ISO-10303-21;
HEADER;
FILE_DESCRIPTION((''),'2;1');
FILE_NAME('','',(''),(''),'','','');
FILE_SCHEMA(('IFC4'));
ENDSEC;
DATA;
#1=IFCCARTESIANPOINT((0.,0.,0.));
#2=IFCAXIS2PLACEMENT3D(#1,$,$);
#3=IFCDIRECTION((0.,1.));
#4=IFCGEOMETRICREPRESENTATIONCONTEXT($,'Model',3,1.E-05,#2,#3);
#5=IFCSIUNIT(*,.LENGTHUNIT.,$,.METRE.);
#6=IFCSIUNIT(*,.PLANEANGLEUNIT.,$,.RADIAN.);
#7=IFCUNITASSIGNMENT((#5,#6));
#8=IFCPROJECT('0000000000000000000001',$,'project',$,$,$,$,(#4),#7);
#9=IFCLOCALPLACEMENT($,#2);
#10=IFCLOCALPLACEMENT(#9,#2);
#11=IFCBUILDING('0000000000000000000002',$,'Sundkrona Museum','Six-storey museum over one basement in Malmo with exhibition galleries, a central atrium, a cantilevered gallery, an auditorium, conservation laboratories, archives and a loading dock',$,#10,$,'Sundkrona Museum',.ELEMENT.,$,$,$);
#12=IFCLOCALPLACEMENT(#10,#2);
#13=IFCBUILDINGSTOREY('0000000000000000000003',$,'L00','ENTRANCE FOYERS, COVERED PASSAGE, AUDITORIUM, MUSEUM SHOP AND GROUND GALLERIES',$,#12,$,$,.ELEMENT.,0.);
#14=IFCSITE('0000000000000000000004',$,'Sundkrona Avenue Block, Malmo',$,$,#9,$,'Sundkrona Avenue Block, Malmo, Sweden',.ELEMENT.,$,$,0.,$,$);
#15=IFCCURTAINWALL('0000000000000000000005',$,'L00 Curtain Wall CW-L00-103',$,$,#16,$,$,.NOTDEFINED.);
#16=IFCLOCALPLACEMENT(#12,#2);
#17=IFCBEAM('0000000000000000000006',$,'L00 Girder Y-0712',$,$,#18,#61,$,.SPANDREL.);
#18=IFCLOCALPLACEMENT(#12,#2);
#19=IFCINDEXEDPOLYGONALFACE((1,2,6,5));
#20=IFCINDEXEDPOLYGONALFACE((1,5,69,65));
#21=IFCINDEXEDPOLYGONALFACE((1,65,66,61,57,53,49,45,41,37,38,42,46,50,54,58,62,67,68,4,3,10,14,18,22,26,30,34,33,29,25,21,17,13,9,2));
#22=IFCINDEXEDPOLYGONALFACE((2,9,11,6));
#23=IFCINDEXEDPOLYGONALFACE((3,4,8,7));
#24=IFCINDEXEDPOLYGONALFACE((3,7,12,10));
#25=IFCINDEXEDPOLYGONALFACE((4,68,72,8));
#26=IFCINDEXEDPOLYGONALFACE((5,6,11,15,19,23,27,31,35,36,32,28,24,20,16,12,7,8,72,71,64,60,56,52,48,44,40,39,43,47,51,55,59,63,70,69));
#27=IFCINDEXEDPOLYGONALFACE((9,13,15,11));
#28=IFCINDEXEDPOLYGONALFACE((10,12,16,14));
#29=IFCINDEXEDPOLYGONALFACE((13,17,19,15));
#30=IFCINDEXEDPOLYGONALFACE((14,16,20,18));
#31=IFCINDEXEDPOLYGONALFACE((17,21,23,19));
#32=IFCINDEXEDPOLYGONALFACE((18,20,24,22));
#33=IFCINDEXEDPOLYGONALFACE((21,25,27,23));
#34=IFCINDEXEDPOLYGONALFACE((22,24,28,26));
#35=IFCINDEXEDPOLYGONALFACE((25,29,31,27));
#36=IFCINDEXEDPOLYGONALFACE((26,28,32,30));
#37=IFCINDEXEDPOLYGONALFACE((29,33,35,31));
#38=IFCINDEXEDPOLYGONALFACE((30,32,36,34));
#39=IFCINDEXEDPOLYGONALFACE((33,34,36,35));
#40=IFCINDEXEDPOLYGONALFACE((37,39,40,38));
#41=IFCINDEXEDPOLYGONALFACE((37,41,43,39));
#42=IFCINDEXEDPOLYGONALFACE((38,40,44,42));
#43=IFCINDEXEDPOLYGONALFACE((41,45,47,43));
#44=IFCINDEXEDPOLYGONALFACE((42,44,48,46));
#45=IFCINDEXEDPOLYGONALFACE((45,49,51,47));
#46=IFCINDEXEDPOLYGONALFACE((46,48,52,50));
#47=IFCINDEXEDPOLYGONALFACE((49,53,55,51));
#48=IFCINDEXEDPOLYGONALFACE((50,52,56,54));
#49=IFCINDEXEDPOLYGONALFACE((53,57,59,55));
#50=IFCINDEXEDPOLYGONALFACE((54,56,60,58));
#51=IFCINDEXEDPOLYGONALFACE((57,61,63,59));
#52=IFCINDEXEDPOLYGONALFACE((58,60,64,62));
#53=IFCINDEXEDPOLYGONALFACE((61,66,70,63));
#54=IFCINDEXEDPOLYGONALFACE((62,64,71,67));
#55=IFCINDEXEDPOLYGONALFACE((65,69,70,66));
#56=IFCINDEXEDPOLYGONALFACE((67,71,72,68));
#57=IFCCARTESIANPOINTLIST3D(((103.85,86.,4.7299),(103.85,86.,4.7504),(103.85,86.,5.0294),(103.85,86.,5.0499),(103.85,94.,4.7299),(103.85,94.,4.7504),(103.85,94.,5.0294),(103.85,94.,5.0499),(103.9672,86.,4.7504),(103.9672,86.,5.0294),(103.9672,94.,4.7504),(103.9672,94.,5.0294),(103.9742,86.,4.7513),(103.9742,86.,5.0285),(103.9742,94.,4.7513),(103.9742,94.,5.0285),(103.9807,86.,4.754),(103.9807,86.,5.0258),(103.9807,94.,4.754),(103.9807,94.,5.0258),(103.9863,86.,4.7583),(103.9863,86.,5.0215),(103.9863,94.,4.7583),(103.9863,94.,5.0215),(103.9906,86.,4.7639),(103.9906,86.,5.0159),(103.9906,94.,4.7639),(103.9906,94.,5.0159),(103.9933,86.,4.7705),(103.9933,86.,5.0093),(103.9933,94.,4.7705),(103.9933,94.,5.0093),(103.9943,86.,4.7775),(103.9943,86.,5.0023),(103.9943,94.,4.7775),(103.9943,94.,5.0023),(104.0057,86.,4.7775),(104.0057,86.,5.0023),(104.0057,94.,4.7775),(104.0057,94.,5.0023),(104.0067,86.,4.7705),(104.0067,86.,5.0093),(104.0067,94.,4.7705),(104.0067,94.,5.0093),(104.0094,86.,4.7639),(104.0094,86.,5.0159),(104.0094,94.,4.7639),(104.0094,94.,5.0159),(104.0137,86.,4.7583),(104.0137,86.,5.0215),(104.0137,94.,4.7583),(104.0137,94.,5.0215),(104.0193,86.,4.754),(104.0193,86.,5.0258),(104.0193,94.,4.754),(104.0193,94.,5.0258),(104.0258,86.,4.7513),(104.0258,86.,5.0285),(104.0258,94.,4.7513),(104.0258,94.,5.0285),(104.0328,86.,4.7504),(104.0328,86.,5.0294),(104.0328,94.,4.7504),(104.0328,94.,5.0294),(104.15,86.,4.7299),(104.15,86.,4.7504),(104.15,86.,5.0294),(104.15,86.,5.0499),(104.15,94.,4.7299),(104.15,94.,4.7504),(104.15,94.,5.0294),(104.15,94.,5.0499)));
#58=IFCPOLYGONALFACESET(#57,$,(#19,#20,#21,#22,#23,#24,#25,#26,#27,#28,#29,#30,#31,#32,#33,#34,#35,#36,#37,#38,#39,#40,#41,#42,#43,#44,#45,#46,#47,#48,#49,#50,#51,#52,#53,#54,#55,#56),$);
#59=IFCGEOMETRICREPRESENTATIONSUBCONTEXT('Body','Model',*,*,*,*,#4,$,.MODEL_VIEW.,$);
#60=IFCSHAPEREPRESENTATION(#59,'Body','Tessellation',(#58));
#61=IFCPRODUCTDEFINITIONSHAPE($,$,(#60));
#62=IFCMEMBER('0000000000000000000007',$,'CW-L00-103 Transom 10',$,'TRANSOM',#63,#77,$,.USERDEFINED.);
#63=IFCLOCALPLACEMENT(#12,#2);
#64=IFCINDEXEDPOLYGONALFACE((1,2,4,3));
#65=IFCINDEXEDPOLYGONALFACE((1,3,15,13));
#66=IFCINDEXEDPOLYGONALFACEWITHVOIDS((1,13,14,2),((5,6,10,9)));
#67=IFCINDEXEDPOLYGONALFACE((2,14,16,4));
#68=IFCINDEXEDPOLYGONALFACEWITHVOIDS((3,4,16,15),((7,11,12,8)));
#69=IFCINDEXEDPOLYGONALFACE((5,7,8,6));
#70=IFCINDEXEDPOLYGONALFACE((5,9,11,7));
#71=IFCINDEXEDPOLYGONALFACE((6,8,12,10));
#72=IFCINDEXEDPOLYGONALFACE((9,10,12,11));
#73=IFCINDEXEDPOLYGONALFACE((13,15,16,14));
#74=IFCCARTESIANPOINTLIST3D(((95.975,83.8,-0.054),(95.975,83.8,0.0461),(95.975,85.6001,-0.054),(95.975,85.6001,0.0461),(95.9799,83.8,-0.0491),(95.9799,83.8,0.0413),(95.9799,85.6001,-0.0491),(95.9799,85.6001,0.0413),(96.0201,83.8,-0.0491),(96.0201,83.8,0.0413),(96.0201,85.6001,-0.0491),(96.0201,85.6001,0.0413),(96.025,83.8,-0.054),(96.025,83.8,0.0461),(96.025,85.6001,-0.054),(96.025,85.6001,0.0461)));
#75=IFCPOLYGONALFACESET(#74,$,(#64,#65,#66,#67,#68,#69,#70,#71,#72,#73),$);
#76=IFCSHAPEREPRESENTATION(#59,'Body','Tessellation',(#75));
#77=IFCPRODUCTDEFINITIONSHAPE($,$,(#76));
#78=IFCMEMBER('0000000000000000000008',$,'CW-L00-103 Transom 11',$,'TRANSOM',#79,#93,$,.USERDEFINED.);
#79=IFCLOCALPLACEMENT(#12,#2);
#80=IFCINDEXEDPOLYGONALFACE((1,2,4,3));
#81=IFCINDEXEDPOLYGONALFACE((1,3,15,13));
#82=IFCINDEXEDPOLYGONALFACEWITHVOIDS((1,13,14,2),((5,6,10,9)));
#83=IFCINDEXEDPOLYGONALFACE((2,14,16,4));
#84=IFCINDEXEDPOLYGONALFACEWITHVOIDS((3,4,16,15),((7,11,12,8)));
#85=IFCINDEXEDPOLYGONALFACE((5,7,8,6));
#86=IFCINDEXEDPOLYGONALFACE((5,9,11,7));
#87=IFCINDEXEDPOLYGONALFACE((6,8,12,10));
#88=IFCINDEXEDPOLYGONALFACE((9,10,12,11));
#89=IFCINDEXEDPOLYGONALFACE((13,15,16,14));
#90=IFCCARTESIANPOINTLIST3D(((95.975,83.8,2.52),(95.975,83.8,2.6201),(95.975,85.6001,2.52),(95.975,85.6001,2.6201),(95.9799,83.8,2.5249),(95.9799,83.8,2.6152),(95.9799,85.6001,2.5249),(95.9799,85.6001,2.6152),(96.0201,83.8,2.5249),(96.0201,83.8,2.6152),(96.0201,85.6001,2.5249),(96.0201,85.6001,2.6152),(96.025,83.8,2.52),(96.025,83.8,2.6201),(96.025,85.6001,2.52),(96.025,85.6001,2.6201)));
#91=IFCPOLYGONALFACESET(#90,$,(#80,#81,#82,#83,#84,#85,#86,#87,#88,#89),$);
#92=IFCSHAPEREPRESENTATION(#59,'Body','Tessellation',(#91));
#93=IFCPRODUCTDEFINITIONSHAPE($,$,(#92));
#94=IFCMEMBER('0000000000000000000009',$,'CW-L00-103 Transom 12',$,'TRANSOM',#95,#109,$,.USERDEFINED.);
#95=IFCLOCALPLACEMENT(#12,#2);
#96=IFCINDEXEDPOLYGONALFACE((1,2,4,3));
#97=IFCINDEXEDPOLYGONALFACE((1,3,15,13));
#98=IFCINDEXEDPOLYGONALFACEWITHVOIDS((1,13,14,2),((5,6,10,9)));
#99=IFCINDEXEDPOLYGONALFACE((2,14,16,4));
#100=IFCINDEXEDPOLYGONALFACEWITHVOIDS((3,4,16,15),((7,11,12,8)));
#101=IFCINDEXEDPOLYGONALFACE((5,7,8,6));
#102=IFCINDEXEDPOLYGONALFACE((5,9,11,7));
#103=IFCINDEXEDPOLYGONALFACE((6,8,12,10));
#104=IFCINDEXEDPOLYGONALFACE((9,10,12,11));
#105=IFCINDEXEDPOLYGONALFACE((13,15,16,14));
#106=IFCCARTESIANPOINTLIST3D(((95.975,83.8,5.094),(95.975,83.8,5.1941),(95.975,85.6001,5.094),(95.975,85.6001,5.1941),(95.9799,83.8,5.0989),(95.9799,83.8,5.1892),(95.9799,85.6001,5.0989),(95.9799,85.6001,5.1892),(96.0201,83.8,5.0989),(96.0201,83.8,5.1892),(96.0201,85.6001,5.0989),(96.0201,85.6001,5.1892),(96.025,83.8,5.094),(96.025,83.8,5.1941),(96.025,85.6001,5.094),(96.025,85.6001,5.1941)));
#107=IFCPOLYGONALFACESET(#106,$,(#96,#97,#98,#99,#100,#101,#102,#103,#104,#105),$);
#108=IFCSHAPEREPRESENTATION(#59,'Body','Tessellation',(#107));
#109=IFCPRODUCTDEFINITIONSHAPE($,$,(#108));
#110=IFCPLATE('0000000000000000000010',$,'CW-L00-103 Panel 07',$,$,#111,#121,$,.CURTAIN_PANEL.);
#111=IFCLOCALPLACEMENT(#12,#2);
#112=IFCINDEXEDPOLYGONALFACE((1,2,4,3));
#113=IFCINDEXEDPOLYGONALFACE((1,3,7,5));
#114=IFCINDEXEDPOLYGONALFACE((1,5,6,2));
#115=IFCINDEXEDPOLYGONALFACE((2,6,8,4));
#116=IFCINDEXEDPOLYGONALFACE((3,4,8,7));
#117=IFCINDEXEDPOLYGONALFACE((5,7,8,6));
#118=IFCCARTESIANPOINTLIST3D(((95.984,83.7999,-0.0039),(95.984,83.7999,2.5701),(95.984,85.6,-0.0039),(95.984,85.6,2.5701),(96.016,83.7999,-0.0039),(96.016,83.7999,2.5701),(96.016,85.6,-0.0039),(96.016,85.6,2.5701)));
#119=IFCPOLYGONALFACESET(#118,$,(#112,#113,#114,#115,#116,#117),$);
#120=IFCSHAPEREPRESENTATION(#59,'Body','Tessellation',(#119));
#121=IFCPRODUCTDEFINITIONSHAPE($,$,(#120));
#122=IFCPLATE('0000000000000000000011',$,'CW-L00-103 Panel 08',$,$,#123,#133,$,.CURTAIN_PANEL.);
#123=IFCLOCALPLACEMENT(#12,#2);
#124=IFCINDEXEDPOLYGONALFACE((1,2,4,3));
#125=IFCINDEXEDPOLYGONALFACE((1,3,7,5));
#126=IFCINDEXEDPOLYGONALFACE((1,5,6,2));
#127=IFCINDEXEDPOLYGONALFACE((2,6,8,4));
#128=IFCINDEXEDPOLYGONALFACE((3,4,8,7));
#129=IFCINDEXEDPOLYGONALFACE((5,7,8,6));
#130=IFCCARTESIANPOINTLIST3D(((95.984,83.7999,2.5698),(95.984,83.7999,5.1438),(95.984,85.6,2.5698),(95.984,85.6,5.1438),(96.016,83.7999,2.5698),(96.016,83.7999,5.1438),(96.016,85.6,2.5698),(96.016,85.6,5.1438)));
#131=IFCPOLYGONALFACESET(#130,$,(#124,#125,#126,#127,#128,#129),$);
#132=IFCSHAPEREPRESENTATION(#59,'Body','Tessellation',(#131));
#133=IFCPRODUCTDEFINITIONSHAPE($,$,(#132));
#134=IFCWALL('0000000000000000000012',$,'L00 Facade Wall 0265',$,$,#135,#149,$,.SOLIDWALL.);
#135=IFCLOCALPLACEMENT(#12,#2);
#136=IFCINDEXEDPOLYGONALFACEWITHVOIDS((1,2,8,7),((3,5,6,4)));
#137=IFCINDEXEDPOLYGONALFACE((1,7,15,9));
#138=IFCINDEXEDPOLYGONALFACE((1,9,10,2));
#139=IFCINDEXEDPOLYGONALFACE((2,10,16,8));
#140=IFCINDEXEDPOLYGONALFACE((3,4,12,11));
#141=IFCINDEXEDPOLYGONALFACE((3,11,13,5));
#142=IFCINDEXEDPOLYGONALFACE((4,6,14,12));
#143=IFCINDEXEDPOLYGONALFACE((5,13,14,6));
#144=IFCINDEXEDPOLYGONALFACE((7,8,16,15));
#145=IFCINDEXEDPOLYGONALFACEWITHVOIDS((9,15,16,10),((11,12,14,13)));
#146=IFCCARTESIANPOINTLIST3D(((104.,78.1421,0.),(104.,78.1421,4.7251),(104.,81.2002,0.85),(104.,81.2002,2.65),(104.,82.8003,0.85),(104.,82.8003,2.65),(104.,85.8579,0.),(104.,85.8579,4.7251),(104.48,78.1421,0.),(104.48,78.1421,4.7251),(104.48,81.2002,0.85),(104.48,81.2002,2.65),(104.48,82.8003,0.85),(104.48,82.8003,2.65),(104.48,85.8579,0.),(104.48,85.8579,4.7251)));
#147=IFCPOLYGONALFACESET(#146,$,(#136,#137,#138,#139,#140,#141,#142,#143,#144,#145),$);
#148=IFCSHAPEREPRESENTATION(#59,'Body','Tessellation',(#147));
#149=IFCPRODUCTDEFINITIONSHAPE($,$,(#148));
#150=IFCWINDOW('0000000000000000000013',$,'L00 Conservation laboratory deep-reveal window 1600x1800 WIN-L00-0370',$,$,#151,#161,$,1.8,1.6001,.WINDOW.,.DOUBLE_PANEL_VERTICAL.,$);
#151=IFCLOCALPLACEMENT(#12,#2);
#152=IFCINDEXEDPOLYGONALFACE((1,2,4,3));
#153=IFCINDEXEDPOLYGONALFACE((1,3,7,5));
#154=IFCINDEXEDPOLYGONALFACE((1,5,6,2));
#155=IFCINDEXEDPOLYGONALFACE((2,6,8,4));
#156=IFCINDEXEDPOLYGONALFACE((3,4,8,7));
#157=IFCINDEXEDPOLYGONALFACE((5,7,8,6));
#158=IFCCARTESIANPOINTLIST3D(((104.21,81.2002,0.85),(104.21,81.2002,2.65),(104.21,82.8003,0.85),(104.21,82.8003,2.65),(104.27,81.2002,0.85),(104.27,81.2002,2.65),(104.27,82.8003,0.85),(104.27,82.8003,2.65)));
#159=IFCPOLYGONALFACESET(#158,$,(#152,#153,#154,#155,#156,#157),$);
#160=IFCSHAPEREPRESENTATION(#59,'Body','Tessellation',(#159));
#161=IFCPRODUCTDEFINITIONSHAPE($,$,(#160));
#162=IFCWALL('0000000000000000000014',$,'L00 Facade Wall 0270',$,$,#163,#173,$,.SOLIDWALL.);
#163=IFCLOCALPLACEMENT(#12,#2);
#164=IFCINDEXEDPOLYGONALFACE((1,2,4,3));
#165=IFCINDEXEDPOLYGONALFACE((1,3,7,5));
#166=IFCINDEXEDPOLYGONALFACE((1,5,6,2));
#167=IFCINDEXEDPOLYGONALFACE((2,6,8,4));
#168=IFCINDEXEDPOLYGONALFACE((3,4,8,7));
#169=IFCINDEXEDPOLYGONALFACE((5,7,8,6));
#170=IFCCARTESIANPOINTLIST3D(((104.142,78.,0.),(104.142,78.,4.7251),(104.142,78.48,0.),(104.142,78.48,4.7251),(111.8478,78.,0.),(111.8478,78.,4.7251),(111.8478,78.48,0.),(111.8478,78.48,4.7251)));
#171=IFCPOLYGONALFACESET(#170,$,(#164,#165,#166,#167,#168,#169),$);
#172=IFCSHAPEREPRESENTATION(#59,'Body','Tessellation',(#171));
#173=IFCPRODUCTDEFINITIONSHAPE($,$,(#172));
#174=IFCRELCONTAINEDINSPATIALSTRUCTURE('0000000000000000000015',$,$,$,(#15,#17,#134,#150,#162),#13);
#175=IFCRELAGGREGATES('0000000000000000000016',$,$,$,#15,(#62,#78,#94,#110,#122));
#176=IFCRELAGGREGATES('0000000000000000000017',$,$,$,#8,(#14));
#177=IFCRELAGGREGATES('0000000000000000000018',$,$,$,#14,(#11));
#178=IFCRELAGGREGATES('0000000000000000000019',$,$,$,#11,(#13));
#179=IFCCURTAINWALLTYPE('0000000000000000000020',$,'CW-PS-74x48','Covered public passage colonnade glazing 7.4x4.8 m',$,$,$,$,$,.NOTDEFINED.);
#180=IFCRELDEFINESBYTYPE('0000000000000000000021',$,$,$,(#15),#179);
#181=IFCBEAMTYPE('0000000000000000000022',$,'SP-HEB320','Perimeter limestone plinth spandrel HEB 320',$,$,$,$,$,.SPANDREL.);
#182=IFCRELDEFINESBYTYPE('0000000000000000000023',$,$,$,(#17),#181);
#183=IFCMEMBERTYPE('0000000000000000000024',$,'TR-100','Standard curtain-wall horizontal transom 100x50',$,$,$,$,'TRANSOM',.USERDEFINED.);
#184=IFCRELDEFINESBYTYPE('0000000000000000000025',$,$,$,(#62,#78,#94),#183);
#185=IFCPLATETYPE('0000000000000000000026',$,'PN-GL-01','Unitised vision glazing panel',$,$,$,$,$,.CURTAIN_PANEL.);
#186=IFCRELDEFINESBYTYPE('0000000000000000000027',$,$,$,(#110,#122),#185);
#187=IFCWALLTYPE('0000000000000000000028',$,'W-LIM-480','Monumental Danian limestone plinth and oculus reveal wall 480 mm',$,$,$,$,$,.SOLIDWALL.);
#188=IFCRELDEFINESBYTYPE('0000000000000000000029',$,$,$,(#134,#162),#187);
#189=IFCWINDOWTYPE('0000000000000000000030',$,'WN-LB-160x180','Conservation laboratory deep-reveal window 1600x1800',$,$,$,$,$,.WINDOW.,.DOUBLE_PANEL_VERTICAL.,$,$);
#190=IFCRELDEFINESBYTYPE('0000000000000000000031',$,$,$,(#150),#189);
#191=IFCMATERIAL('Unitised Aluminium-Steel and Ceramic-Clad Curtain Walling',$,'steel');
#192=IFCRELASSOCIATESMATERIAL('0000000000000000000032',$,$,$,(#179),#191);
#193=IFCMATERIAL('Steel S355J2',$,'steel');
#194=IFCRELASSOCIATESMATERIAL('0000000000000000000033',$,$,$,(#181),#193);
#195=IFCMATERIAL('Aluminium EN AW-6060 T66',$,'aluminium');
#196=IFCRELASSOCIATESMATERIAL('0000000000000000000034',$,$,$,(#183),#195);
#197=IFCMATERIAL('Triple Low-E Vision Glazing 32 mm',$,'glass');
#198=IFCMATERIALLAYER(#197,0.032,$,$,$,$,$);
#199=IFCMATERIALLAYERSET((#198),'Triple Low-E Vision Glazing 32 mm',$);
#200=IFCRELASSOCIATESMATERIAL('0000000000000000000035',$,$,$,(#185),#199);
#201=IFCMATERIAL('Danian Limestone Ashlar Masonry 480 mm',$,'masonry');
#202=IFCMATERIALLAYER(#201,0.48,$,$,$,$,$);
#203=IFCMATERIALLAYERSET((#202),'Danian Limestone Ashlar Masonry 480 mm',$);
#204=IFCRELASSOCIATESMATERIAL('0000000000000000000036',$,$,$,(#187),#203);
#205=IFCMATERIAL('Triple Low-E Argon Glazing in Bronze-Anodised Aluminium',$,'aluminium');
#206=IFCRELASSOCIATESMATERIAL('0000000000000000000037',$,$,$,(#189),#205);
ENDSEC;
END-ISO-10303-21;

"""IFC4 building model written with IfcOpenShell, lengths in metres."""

from ifc_helpers import new_model, si_unit, direction, frame, frame_2d, origin, origin_2d, place, context, subcontext, project, spatial, rectangle, hollow_rectangle, i_section, extrude, material, layer, layer_set, material_profile, profile_set, type_object, element, fill, aggregate, save


model = new_model("IFC4")

# Units and contexts
model_context = context("Model", 3, precision=1e-05, world=origin(), true_north=direction((0.0, 1.0)))
body_context = subcontext(model_context, "Body", "Model", "MODEL_VIEW")
ifc_project = project(units=[si_unit("LENGTHUNIT", "METRE"), si_unit("PLANEANGLEUNIT", "RADIAN")], contexts=[model_context])

# Site, building, storey
site_placement = place(None, origin())
site = spatial("IfcSite", under=ifc_project, at=site_placement, Name="Sundkrona Avenue Block, Malmo", LongName="Sundkrona Avenue Block, Malmo, Sweden", CompositionType="ELEMENT", RefElevation=0.0)
building_placement = place(site_placement, origin())
building = spatial("IfcBuilding", under=site, at=building_placement, Name="Sundkrona Museum", Description="Six-storey museum over one basement in Malmo with exhibition galleries, a central atrium, a cantilevered gallery, an auditorium, conservation laboratories, archives and a loading dock", LongName="Sundkrona Museum", CompositionType="ELEMENT")
storey_placement = place(building_placement, origin())
storey = spatial("IfcBuildingStorey", under=building, at=storey_placement, Name="L00", Description="ENTRANCE FOYERS, COVERED PASSAGE, AUDITORIUM, MUSEUM SHOP AND GROUND GALLERIES", CompositionType="ELEMENT", Elevation=0.0)

# Shared definitions
ifc_material_1 = material(Name="Steel S355J2", Category="steel")

# Curtain wall
ifc_material_2 = material(Name="Unitised Aluminium-Steel and Ceramic-Clad Curtain Walling", Category="steel")
curtain_wall_type = type_object("IfcCurtainWallType", Name="CW-PS-74x48", Description="Covered public passage colonnade glazing 7.4x4.8 m", PredefinedType="NOTDEFINED", material=ifc_material_2)
curtain_wall_placement = place(storey_placement, origin())
curtain_wall = element("IfcCurtainWall", 1, at=curtain_wall_placement, inside=storey, type_object=curtain_wall_type, Name="L00 Curtain Wall CW-L00-103", PredefinedType="NOTDEFINED")
ifc_material_3 = material(Name="Aluminium EN AW-6060 T66", Category="aluminium")

# Beam
ifc_material_profile_1 = material_profile(ifc_material_1, i_section(OverallWidth=0.3, OverallDepth=0.3201, WebThickness=0.0115, FlangeThickness=0.0205, FilletRadius=0.0271, at=origin_2d()), Name="HEB 320")
ifc_profile_set_1 = profile_set([ifc_material_profile_1], Name="Steel S355J2")
beam_type_1 = type_object("IfcBeamType", Name="SP-HEB320", Description="Perimeter limestone plinth spandrel HEB 320", PredefinedType="SPANDREL", material=ifc_profile_set_1)
for number, where, z_axis, x_axis, name in (
    (2, (104.0, 86.0, 4.8899), (0.0, 1.0, 0.0), (-1.0, 0.0, 0.0), "L00 Girder Y-0712"),
):
    element("IfcBeam", number, at=place(storey_placement, frame(where, z_axis=z_axis, x_axis=x_axis)), inside=storey, type_object=beam_type_1, Name=name, PredefinedType="SPANDREL", context=body_context, shape_type="SweptSolid", body=[
        extrude(i_section(OverallWidth=0.3, OverallDepth=0.3201, WebThickness=0.0115, FlangeThickness=0.0205, FilletRadius=0.0271, at=origin_2d()), origin(), (0.0, 0.0, 1.0), 8.0),
    ])

# Members
ifc_material_profile_2 = material_profile(ifc_material_3, hollow_rectangle(XDim=0.05, YDim=0.1001, WallThickness=0.0049, at=origin_2d()), Name="RHS 100x50x5.0")
ifc_profile_set_2 = profile_set([ifc_material_profile_2], Name="Aluminium EN AW-6060 T66")
member_type_1 = type_object("IfcMemberType", Name="TR-100", Description="Standard curtain-wall horizontal transom 100x50", ElementType="TRANSOM", PredefinedType="USERDEFINED", material=ifc_profile_set_2)
member_1_placement = place(storey_placement, frame((96.0, 83.8, -0.0039), z_axis=(0.0, 1.0, 0.0), x_axis=(-1.0, 0.0, 0.0)))
member_1 = element("IfcMember", 3, at=member_1_placement, type_object=member_type_1, Name="CW-L00-103 Transom 10", ObjectType="TRANSOM", PredefinedType="USERDEFINED", context=body_context, shape_type="SweptSolid", body=[
    extrude(hollow_rectangle(XDim=0.05, YDim=0.1001, WallThickness=0.0049, at=origin_2d()), origin(), (0.0, 0.0, 1.0), 1.8),
])
member_2_placement = place(storey_placement, frame((96.0, 83.8, 2.5701), z_axis=(0.0, 1.0, 0.0), x_axis=(-1.0, 0.0, 0.0)))
member_2 = element("IfcMember", 4, at=member_2_placement, type_object=member_type_1, Name="CW-L00-103 Transom 11", ObjectType="TRANSOM", PredefinedType="USERDEFINED", context=body_context, shape_type="SweptSolid", body=[
    extrude(hollow_rectangle(XDim=0.05, YDim=0.1001, WallThickness=0.0049, at=origin_2d()), origin(), (0.0, 0.0, 1.0), 1.8),
])
member_3_placement = place(storey_placement, frame((96.0, 83.8, 5.144), z_axis=(0.0, 1.0, 0.0), x_axis=(-1.0, 0.0, 0.0)))
member_3 = element("IfcMember", 5, at=member_3_placement, type_object=member_type_1, Name="CW-L00-103 Transom 12", ObjectType="TRANSOM", PredefinedType="USERDEFINED", context=body_context, shape_type="SweptSolid", body=[
    extrude(hollow_rectangle(XDim=0.05, YDim=0.1001, WallThickness=0.0049, at=origin_2d()), origin(), (0.0, 0.0, 1.0), 1.8),
])

# Plates
ifc_material_4 = material(Name="Triple Low-E Vision Glazing 32 mm", Category="glass")
ifc_layer_1 = layer(ifc_material_4, 0.032)
ifc_layer_set_1 = layer_set([ifc_layer_1], Name="Triple Low-E Vision Glazing 32 mm")
plate_type = type_object("IfcPlateType", Name="PN-GL-01", Description="Unitised vision glazing panel", PredefinedType="CURTAIN_PANEL", material=ifc_layer_set_1)
plate_1_placement = place(storey_placement, frame((96.0, 84.7, -0.0039), z_axis=(0.0, 0.0, 1.0), x_axis=(0.0, 1.0, 0.0)))
plate_1 = element("IfcPlate", 6, at=plate_1_placement, type_object=plate_type, Name="CW-L00-103 Panel 07", PredefinedType="CURTAIN_PANEL", context=body_context, shape_type="SweptSolid", body=[
    extrude(rectangle(XDim=1.8, YDim=0.032, at=origin_2d()), origin(), (0.0, 0.0, 1.0), 2.574),
])
plate_2_placement = place(storey_placement, frame((96.0, 84.7, 2.5698), z_axis=(0.0, 0.0, 1.0), x_axis=(0.0, 1.0, 0.0)))
plate_2 = element("IfcPlate", 7, at=plate_2_placement, type_object=plate_type, Name="CW-L00-103 Panel 08", PredefinedType="CURTAIN_PANEL", context=body_context, shape_type="SweptSolid", body=[
    extrude(rectangle(XDim=1.8, YDim=0.032, at=origin_2d()), origin(), (0.0, 0.0, 1.0), 2.574),
])
aggregate(curtain_wall, [member_1, member_2, member_3, plate_1, plate_2])

# Wall, opening, window
ifc_material_5 = material(Name="Danian Limestone Ashlar Masonry 480 mm", Category="masonry")
ifc_layer_2 = layer(ifc_material_5, 0.48)
ifc_layer_set_2 = layer_set([ifc_layer_2], Name="Danian Limestone Ashlar Masonry 480 mm")
wall_type_1 = type_object("IfcWallType", Name="W-LIM-480", Description="Monumental Danian limestone plinth and oculus reveal wall 480 mm", PredefinedType="SOLIDWALL", material=ifc_layer_set_2)
wall_1_placement = place(storey_placement, frame((104.24, 78.1421, 0.0), z_axis=(0.0, 0.0, 1.0), x_axis=(0.0, 1.0, 0.0)))
wall_1 = element("IfcWall", 8, at=wall_1_placement, inside=storey, type_object=wall_type_1, Name="L00 Facade Wall 0265", PredefinedType="SOLIDWALL", context=body_context, shape_type="SweptSolid", body=[
    extrude(rectangle(XDim=7.7158, YDim=0.48, at=frame_2d((3.8579, 0.0))), origin(), (0.0, 0.0, 1.0), 4.7251),
])
opening_1_placement = place(wall_1_placement, frame((3.0581, 0.0, 0.8501)))
opening_1 = element("IfcOpeningElement", 9, at=opening_1_placement, cuts=wall_1, PredefinedType="OPENING", context=body_context, shape_type="SweptSolid", body=[
    extrude(rectangle(XDim=1.6001, YDim=1.8, at=frame_2d((0.8, 0.8999))), frame((0.0, 0.25, 0.0), z_axis=(0.0, -1.0, 0.0), x_axis=(1.0, 0.0, 0.0)), (0.0, 0.0, 1.0), 0.5),
])
ifc_material_6 = material(Name="Triple Low-E Argon Glazing in Bronze-Anodised Aluminium", Category="aluminium")
window_type = type_object("IfcWindowType", Name="WN-LB-160x180", Description="Conservation laboratory deep-reveal window 1600x1800", PartitioningType="DOUBLE_PANEL_VERTICAL", PredefinedType="WINDOW", material=ifc_material_6)
window_placement = place(opening_1_placement, origin())
window = element("IfcWindow", 10, at=window_placement, inside=storey, type_object=window_type, Name="L00 Conservation laboratory deep-reveal window 1600x1800 WIN-L00-0370", OverallHeight=1.8, OverallWidth=1.6001, PartitioningType="DOUBLE_PANEL_VERTICAL", PredefinedType="WINDOW", context=body_context, shape_type="SweptSolid", body=[
    extrude(rectangle(XDim=1.6001, YDim=1.8, at=frame_2d((0.8, 0.8999))), frame((0.0, 0.03, 0.0), z_axis=(0.0, -1.0, 0.0), x_axis=(1.0, 0.0, 0.0)), (0.0, 0.0, 1.0), 0.0601),
])
fill(opening_1, window)

# Wall
wall_2_placement = place(storey_placement, frame((111.8479, 78.24, 0.0), z_axis=(0.0, 0.0, 1.0), x_axis=(-1.0, 0.0, 0.0)))
element("IfcWall", 11, at=wall_2_placement, inside=storey, type_object=wall_type_1, Name="L00 Facade Wall 0270", PredefinedType="SOLIDWALL", context=body_context, shape_type="SweptSolid", body=[
    extrude(rectangle(XDim=7.7058, YDim=0.48, at=frame_2d((3.853, 0.0))), origin(), (0.0, 0.0, 1.0), 4.7251),
])

save(model, "model.ifc")
